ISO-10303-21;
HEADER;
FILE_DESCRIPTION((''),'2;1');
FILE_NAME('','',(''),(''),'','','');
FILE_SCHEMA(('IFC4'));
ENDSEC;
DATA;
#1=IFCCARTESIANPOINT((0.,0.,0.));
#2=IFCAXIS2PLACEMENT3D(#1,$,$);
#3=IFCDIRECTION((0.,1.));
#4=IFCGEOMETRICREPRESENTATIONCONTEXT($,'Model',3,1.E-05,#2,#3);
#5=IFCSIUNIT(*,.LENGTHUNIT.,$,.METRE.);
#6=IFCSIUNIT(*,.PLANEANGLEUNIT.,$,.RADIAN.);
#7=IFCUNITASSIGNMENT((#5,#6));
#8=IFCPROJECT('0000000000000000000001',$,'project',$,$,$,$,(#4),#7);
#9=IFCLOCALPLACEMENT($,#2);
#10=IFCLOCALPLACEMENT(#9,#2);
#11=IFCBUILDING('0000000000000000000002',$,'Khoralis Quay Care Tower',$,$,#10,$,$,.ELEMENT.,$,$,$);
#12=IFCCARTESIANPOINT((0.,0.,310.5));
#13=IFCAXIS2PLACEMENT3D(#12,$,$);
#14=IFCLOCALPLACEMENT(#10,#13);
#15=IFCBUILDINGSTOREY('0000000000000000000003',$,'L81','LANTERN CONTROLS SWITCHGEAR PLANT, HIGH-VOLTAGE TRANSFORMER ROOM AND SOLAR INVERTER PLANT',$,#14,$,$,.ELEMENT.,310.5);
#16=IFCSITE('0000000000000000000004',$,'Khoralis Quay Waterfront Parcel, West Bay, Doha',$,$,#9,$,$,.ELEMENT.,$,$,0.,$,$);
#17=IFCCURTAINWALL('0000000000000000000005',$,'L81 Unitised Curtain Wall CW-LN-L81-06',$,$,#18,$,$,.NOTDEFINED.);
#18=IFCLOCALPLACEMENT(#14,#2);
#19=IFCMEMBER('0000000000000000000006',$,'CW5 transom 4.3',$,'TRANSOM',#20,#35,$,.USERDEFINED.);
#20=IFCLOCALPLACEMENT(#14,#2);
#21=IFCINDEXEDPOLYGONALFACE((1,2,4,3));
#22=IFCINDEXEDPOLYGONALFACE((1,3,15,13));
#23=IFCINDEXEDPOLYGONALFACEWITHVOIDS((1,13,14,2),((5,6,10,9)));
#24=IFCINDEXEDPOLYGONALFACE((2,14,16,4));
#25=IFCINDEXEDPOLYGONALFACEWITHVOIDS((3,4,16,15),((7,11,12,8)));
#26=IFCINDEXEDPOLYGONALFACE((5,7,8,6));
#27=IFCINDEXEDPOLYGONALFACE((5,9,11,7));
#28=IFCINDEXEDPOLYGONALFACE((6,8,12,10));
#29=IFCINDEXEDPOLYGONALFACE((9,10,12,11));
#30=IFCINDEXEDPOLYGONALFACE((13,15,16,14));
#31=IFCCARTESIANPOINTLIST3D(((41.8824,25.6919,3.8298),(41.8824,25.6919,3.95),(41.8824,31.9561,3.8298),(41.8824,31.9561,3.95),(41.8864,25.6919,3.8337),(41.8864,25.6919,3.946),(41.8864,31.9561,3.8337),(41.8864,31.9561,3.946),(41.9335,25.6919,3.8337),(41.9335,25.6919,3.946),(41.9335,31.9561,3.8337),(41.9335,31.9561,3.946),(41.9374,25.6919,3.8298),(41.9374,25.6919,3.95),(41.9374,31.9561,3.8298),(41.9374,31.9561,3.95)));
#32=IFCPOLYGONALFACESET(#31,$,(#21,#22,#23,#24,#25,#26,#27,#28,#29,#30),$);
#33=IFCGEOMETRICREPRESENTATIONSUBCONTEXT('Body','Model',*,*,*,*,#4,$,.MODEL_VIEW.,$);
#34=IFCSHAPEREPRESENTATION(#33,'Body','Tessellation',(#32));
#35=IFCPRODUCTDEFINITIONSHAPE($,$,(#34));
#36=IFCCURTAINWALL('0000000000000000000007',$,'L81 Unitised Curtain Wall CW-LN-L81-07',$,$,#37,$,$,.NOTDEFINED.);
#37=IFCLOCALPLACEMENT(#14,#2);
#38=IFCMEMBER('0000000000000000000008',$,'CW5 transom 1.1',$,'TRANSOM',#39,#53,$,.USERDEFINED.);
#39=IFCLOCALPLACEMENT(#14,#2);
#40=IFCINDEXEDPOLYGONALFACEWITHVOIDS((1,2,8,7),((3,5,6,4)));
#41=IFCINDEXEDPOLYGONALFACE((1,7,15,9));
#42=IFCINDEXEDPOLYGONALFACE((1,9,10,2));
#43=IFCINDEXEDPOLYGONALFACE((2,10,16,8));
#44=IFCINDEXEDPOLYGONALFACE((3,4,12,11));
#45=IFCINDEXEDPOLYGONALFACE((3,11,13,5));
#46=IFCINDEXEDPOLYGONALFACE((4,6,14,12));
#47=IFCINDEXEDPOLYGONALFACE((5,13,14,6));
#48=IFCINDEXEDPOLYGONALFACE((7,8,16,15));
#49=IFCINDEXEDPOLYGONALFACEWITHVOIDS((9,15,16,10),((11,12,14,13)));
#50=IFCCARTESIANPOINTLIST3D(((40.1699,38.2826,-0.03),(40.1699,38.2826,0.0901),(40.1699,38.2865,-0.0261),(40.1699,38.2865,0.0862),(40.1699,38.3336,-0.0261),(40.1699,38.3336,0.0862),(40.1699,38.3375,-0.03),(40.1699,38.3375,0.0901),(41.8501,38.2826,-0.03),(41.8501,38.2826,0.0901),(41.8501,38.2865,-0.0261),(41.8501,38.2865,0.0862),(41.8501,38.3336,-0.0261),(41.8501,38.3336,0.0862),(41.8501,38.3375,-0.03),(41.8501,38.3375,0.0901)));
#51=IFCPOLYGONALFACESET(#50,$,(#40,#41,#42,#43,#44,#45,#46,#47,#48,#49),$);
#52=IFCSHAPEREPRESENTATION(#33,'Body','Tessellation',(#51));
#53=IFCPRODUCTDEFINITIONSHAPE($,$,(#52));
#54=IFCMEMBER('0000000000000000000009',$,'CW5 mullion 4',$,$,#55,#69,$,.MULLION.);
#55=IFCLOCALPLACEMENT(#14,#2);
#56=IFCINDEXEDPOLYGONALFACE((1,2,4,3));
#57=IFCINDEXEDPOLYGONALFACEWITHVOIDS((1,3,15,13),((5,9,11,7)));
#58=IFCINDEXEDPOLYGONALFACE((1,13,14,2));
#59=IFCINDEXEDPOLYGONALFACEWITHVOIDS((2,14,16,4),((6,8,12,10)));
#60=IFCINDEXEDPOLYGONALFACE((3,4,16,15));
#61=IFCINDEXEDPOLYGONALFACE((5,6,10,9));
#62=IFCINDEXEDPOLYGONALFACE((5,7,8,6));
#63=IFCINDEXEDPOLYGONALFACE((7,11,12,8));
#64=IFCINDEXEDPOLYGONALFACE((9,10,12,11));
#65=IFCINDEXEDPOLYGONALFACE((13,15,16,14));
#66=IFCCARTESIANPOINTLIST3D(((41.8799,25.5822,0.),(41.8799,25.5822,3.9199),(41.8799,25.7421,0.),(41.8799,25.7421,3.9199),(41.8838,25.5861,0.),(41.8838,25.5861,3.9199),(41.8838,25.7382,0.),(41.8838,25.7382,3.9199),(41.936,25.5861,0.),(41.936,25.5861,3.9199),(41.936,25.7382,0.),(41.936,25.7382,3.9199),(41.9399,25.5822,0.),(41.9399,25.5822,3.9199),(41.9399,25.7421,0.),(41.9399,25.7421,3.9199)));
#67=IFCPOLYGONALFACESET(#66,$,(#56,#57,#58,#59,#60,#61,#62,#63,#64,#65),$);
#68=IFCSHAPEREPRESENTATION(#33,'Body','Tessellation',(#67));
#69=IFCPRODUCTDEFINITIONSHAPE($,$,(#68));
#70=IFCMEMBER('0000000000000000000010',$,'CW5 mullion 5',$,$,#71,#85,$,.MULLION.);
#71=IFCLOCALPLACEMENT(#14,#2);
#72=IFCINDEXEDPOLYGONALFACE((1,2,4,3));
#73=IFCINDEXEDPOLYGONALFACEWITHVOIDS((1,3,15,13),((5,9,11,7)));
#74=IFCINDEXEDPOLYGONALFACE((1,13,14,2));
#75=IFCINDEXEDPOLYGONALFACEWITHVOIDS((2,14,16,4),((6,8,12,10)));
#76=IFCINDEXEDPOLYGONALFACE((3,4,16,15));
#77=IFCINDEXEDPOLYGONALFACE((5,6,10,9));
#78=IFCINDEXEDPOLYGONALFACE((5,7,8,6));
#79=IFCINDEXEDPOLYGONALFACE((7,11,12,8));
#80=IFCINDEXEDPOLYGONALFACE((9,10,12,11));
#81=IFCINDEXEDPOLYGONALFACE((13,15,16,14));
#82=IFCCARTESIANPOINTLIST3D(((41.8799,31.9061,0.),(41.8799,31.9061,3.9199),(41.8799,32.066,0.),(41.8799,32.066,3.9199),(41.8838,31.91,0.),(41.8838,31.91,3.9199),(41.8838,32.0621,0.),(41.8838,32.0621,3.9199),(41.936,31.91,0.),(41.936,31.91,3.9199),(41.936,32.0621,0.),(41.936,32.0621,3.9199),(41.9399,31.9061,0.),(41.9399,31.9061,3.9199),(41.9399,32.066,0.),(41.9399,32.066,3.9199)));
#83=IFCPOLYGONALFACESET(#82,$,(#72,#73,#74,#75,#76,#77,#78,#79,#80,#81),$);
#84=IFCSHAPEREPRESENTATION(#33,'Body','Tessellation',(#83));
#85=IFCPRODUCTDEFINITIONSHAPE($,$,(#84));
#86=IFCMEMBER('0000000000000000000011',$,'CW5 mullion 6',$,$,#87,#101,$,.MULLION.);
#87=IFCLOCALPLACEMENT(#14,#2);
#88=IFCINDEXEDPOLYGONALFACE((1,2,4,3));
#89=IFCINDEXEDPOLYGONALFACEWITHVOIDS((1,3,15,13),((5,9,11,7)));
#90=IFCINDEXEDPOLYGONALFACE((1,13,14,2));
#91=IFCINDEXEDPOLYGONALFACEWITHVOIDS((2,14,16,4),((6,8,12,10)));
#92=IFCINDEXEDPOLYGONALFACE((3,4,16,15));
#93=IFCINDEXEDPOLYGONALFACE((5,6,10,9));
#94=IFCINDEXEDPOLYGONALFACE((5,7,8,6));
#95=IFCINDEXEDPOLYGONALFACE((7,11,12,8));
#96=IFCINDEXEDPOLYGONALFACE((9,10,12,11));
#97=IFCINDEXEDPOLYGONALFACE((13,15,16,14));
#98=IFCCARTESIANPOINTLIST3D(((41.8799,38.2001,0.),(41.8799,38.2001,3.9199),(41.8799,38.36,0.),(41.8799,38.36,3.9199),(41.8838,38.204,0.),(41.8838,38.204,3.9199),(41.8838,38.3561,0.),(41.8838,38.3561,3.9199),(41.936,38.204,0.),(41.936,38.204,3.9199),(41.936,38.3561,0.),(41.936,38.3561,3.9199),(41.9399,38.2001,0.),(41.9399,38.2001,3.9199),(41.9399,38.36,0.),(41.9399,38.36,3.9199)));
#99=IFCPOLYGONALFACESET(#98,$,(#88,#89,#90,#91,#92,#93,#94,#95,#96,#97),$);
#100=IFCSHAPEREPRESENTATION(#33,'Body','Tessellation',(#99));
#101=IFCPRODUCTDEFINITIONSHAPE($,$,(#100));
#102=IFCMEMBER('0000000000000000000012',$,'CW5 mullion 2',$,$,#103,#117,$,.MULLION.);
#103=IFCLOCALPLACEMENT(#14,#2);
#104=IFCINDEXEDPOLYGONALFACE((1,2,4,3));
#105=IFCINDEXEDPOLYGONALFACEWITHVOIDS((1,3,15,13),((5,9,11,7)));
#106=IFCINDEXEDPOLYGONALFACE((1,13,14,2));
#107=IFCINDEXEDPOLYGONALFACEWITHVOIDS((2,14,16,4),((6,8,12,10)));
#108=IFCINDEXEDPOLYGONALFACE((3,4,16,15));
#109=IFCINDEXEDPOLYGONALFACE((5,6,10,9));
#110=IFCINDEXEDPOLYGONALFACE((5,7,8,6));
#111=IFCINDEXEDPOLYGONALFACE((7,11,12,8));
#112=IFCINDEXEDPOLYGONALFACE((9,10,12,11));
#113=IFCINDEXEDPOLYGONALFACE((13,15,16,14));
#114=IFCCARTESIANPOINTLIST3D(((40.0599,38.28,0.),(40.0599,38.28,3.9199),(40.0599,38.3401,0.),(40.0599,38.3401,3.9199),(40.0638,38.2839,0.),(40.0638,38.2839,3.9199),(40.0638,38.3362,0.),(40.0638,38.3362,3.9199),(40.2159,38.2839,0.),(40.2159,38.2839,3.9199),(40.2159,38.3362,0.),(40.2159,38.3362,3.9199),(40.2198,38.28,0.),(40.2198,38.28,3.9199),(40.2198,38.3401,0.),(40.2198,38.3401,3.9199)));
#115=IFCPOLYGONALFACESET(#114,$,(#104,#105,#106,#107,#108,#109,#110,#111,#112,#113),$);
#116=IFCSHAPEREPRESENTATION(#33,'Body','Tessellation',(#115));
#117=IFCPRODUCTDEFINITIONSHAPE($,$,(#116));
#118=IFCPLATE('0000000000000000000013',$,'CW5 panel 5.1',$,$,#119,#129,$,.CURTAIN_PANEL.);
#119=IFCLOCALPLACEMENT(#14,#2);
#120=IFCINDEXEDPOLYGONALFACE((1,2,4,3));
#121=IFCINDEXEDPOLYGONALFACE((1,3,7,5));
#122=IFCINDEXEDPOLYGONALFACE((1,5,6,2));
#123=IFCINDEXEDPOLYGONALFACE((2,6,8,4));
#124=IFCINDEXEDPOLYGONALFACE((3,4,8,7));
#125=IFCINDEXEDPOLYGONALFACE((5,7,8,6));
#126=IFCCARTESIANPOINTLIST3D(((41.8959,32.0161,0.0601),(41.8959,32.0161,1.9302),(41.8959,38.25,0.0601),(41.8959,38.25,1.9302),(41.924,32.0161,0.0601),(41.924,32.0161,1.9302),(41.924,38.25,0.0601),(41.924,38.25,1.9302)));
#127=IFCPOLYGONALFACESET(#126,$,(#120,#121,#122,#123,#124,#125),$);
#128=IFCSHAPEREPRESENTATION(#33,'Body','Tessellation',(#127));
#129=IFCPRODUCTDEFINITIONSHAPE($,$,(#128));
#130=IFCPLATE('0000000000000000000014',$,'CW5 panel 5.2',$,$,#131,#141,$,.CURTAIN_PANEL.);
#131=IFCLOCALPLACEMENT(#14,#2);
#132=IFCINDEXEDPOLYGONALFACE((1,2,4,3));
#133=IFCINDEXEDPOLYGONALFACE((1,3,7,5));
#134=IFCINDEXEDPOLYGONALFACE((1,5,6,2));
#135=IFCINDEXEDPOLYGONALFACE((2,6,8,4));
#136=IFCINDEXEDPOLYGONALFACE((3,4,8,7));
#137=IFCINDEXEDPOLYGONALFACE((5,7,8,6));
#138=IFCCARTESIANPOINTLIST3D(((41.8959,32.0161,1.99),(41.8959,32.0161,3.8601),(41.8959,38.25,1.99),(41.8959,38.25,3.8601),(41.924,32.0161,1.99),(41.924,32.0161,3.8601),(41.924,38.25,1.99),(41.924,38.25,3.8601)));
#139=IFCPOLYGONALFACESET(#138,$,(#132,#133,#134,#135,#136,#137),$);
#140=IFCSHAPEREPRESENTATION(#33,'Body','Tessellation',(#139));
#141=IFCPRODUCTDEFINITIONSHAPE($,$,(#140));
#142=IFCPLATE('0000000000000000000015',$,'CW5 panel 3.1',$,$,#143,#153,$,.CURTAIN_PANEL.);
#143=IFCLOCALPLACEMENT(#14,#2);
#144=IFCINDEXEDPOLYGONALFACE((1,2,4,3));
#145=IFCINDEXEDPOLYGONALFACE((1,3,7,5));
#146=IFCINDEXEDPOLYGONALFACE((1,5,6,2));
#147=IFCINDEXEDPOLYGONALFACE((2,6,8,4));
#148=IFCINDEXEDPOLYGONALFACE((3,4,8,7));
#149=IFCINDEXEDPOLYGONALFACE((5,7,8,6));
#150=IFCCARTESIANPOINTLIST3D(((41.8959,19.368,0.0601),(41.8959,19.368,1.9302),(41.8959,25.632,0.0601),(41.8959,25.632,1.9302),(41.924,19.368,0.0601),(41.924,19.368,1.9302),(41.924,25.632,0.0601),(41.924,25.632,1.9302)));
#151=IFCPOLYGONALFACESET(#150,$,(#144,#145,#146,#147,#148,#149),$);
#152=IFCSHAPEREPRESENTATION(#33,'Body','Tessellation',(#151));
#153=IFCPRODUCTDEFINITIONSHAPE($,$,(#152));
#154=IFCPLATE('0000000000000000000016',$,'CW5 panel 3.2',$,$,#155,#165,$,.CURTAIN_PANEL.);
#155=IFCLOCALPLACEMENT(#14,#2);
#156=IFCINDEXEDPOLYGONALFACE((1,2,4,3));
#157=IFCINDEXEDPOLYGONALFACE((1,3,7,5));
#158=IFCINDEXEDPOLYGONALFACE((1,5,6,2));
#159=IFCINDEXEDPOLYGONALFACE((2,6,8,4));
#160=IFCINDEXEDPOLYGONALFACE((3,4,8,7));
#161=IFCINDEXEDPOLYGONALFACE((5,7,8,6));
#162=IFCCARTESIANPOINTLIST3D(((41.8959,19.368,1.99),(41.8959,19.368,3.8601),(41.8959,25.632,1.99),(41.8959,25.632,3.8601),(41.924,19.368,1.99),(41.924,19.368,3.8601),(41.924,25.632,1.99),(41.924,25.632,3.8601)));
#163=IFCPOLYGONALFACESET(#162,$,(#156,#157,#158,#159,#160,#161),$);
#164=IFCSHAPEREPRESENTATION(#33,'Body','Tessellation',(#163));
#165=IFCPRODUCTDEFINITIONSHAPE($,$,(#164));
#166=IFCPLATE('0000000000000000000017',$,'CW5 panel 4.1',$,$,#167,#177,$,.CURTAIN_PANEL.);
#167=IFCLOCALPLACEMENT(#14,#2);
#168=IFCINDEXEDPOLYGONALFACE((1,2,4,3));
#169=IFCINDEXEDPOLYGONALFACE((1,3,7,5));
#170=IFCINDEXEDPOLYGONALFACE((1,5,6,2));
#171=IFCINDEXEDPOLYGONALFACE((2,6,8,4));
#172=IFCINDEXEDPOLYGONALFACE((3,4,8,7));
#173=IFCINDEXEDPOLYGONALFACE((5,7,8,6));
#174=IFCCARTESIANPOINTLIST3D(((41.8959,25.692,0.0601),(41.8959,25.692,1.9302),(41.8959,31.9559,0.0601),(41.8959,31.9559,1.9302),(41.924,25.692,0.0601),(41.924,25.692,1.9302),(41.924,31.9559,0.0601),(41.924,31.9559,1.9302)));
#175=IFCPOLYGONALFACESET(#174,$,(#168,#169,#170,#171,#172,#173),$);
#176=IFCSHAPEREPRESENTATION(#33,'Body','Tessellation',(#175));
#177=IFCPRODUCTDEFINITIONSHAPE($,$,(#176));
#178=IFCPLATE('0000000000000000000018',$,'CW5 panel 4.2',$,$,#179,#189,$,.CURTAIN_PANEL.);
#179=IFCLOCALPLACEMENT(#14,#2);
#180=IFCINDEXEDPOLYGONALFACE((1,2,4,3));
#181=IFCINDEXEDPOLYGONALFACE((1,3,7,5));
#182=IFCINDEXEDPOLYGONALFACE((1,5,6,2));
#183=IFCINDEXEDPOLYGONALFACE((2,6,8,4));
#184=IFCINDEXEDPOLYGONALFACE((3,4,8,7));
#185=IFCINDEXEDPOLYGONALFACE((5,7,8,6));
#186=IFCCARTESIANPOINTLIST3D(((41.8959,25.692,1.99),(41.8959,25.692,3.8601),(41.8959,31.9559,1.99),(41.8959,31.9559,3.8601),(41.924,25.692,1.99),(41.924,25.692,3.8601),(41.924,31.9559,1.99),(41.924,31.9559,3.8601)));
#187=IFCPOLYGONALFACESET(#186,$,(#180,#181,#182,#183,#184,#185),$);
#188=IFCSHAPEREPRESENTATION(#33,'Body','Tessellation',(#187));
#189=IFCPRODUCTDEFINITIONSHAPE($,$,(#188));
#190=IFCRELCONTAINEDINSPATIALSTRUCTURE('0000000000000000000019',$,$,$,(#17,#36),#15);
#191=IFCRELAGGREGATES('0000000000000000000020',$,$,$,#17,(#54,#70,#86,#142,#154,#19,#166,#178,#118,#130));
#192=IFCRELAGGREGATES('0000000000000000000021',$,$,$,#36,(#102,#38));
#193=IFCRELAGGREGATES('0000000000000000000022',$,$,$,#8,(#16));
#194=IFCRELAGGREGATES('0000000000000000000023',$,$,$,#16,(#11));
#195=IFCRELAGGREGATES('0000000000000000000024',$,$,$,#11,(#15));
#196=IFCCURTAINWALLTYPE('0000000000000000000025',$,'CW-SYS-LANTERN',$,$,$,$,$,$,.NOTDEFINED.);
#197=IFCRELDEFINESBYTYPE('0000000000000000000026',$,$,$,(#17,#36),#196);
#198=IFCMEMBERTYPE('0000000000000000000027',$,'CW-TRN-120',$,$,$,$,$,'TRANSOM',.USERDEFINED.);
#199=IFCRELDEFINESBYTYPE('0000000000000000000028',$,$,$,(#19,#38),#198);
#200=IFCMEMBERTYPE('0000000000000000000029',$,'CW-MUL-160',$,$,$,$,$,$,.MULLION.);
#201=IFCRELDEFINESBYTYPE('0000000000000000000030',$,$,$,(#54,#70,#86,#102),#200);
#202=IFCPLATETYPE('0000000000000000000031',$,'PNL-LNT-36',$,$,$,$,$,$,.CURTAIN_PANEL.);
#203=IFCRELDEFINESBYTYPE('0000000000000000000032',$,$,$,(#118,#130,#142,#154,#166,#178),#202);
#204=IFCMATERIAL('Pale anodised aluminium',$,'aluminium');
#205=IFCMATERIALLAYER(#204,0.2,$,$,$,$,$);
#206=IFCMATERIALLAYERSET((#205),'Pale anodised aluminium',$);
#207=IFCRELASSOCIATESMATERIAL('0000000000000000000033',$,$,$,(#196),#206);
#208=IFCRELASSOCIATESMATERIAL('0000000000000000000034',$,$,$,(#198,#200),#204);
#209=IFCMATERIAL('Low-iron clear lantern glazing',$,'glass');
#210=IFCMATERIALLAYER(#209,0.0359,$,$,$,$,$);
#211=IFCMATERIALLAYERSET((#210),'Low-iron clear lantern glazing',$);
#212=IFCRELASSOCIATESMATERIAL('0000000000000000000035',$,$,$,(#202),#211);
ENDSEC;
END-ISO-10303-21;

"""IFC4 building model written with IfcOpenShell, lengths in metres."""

from ifc_helpers import new_model, si_unit, direction, frame, origin, origin_2d, place, context, subcontext, project, spatial, rectangle, hollow_rectangle, extrude, source, transform, mapped, material, layer, layer_set, material_profile, profile_set, type_object, element, aggregate, save


model = new_model("IFC4")

# Units and contexts
model_context = context("Model", 3, precision=1e-05, world=origin(), true_north=direction((0.0, 1.0)))
body_context = subcontext(model_context, "Body", "Model", "MODEL_VIEW")
ifc_project = project(units=[si_unit("LENGTHUNIT", "METRE"), si_unit("PLANEANGLEUNIT", "RADIAN")], contexts=[model_context])

# Site, building, storey
site_placement = place(None, origin())
site = spatial("IfcSite", under=ifc_project, at=site_placement, Name="Khoralis Quay Waterfront Parcel, West Bay, Doha", CompositionType="ELEMENT", RefElevation=0.0)
building_placement = place(site_placement, origin())
building = spatial("IfcBuilding", under=site, at=building_placement, Name="Khoralis Quay Care Tower", CompositionType="ELEMENT")
storey_placement = place(building_placement, frame((0.0, 0.0, 310.5)))
storey = spatial("IfcBuildingStorey", under=building, at=storey_placement, Name="L81", Description="LANTERN CONTROLS SWITCHGEAR PLANT, HIGH-VOLTAGE TRANSFORMER ROOM AND SOLAR INVERTER PLANT", CompositionType="ELEMENT", Elevation=310.5)

# Curtain wall, member
ifc_material_1 = material(Name="Pale anodised aluminium", Category="aluminium")
ifc_layer_1 = layer(ifc_material_1, 0.2)
ifc_layer_set_1 = layer_set([ifc_layer_1], Name="Pale anodised aluminium")
curtain_wall_type = type_object("IfcCurtainWallType", Name="CW-SYS-LANTERN", PredefinedType="NOTDEFINED", material=ifc_layer_set_1)
curtain_wall_1_placement = place(storey_placement, origin())
curtain_wall_1 = element("IfcCurtainWall", 1, at=curtain_wall_1_placement, inside=storey, type_object=curtain_wall_type, Name="L81 Unitised Curtain Wall CW-LN-L81-06", PredefinedType="NOTDEFINED")
ifc_material_profile_1 = material_profile(ifc_material_1, hollow_rectangle(XDim=0.0549, YDim=0.1201, WallThickness=0.0039, at=origin_2d()), Name="Pale anodised aluminium")
ifc_profile_set_1 = profile_set([ifc_material_profile_1], Name="Pale anodised aluminium")
member_type_1 = type_object("IfcMemberType", Name="CW-TRN-120", ElementType="TRANSOM", PredefinedType="USERDEFINED", material=ifc_profile_set_1)
shared_shape_1 = source(origin(), body_context, "Body", "SweptSolid", [
    extrude(hollow_rectangle(XDim=0.0549, YDim=0.1201, WallThickness=0.0039, at=origin_2d()), origin(), (0.0, 0.0, 1.0), 6.2642),
])
member_1_placement = place(storey_placement, frame((41.9099, 25.6919, 3.8899), z_axis=(0.0, 1.0, 0.0), x_axis=(-1.0, 0.0, 0.0)))
member_1 = element("IfcMember", 2, at=member_1_placement, type_object=member_type_1, Name="CW5 transom 4.3", ObjectType="TRANSOM", PredefinedType="USERDEFINED", context=body_context, shape_type="MappedRepresentation", body=[
    mapped(shared_shape_1, transform((0.0, 0.0, 0.0), scale=1.0)),
])

# Curtain wall, member
curtain_wall_2_placement = place(storey_placement, origin())
curtain_wall_2 = element("IfcCurtainWall", 3, at=curtain_wall_2_placement, inside=storey, type_object=curtain_wall_type, Name="L81 Unitised Curtain Wall CW-LN-L81-07", PredefinedType="NOTDEFINED")
shared_shape_2 = source(origin(), body_context, "Body", "SweptSolid", [
    extrude(hollow_rectangle(XDim=0.0549, YDim=0.1201, WallThickness=0.0039, at=origin_2d()), origin(), (0.0, 0.0, 1.0), 1.6802),
])
member_2_placement = place(storey_placement, frame((41.8501, 38.3101, 0.03), z_axis=(-1.0, 0.0, 0.0), x_axis=(0.0, -1.0, 0.0)))
member_2 = element("IfcMember", 4, at=member_2_placement, type_object=member_type_1, Name="CW5 transom 1.1", ObjectType="TRANSOM", PredefinedType="USERDEFINED", context=body_context, shape_type="MappedRepresentation", body=[
    mapped(shared_shape_2, transform((0.0, 0.0, 0.0), scale=1.0)),
])

# Members
ifc_material_profile_2 = material_profile(ifc_material_1, hollow_rectangle(XDim=0.0601, YDim=0.1599, WallThickness=0.0039, at=origin_2d()), Name="Pale anodised aluminium")
ifc_profile_set_2 = profile_set([ifc_material_profile_2], Name="Pale anodised aluminium")
member_type_2 = type_object("IfcMemberType", Name="CW-MUL-160", PredefinedType="MULLION", material=ifc_profile_set_2)
shared_shape_3 = source(origin(), body_context, "Body", "SweptSolid", [
    extrude(hollow_rectangle(XDim=0.0601, YDim=0.1599, WallThickness=0.0039, at=origin_2d()), origin(), (0.0, 0.0, 1.0), 3.9199),
])
member_3_placement = place(storey_placement, frame((41.9099, 25.6621, 0.0), z_axis=(0.0, 0.0, 1.0), x_axis=(-1.0, 0.0, 0.0)))
member_3 = element("IfcMember", 5, at=member_3_placement, type_object=member_type_2, Name="CW5 mullion 4", PredefinedType="MULLION", context=body_context, shape_type="MappedRepresentation", body=[
    mapped(shared_shape_3, transform((0.0, 0.0, 0.0), scale=1.0)),
])
member_4_placement = place(storey_placement, frame((41.9099, 31.9861, 0.0), z_axis=(0.0, 0.0, 1.0), x_axis=(-1.0, 0.0, 0.0)))
member_4 = element("IfcMember", 6, at=member_4_placement, type_object=member_type_2, Name="CW5 mullion 5", PredefinedType="MULLION", context=body_context, shape_type="MappedRepresentation", body=[
    mapped(shared_shape_3, transform((0.0, 0.0, 0.0), scale=1.0)),
])
member_5_placement = place(storey_placement, frame((41.9099, 38.28, 0.0), z_axis=(0.0, 0.0, 1.0), x_axis=(-1.0, 0.0, 0.0)))
member_5 = element("IfcMember", 7, at=member_5_placement, type_object=member_type_2, Name="CW5 mullion 6", PredefinedType="MULLION", context=body_context, shape_type="MappedRepresentation", body=[
    mapped(shared_shape_3, transform((0.0, 0.0, 0.0), scale=1.0)),
])
member_6_placement = place(storey_placement, frame((40.1399, 38.3101, 0.0), z_axis=(0.0, 0.0, 1.0), x_axis=(0.0, -1.0, 0.0)))
member_6 = element("IfcMember", 8, at=member_6_placement, type_object=member_type_2, Name="CW5 mullion 2", PredefinedType="MULLION", context=body_context, shape_type="MappedRepresentation", body=[
    mapped(shared_shape_3, transform((0.0, 0.0, 0.0), scale=1.0)),
])

# Plates
ifc_material_2 = material(Name="Low-iron clear lantern glazing", Category="glass")
ifc_layer_2 = layer(ifc_material_2, 0.0359)
ifc_layer_set_2 = layer_set([ifc_layer_2], Name="Low-iron clear lantern glazing")
plate_type = type_object("IfcPlateType", Name="PNL-LNT-36", PredefinedType="CURTAIN_PANEL", material=ifc_layer_set_2)
shared_shape_4 = source(origin(), body_context, "Body", "SweptSolid", [
    extrude(rectangle(XDim=6.2339, YDim=0.0281, at=origin_2d()), origin(), (0.0, 0.0, 1.0), 1.8701),
])
plate_1_placement = place(storey_placement, frame((41.9099, 35.1331, 0.0601), z_axis=(0.0, 0.0, 1.0), x_axis=(0.0, 1.0, 0.0)))
plate_1 = element("IfcPlate", 9, at=plate_1_placement, type_object=plate_type, Name="CW5 panel 5.1", PredefinedType="CURTAIN_PANEL", context=body_context, shape_type="MappedRepresentation", body=[
    mapped(shared_shape_4, transform((0.0, 0.0, 0.0), scale=1.0)),
])
plate_2_placement = place(storey_placement, frame((41.9099, 35.1331, 1.99), z_axis=(0.0, 0.0, 1.0), x_axis=(0.0, 1.0, 0.0)))
plate_2 = element("IfcPlate", 10, at=plate_2_placement, type_object=plate_type, Name="CW5 panel 5.2", PredefinedType="CURTAIN_PANEL", context=body_context, shape_type="MappedRepresentation", body=[
    mapped(shared_shape_4, transform((0.0, 0.0, 0.0), scale=1.0)),
])
shared_shape_5 = source(origin(), body_context, "Body", "SweptSolid", [
    extrude(rectangle(XDim=6.2639, YDim=0.0281, at=origin_2d()), origin(), (0.0, 0.0, 1.0), 1.8701),
])
plate_3_placement = place(storey_placement, frame((41.9099, 22.5, 0.0601), z_axis=(0.0, 0.0, 1.0), x_axis=(0.0, 1.0, 0.0)))
plate_3 = element("IfcPlate", 11, at=plate_3_placement, type_object=plate_type, Name="CW5 panel 3.1", PredefinedType="CURTAIN_PANEL", context=body_context, shape_type="MappedRepresentation", body=[
    mapped(shared_shape_5, transform((0.0, 0.0, 0.0), scale=1.0)),
])
plate_4_placement = place(storey_placement, frame((41.9099, 22.5, 1.99), z_axis=(0.0, 0.0, 1.0), x_axis=(0.0, 1.0, 0.0)))
plate_4 = element("IfcPlate", 12, at=plate_4_placement, type_object=plate_type, Name="CW5 panel 3.2", PredefinedType="CURTAIN_PANEL", context=body_context, shape_type="MappedRepresentation", body=[
    mapped(shared_shape_5, transform((0.0, 0.0, 0.0), scale=1.0)),
])
plate_5_placement = place(storey_placement, frame((41.9099, 28.824, 0.0601), z_axis=(0.0, 0.0, 1.0), x_axis=(0.0, 1.0, 0.0)))
plate_5 = element("IfcPlate", 13, at=plate_5_placement, type_object=plate_type, Name="CW5 panel 4.1", PredefinedType="CURTAIN_PANEL", context=body_context, shape_type="MappedRepresentation", body=[
    mapped(shared_shape_5, transform((0.0, 0.0, 0.0), scale=1.0)),
])
plate_6_placement = place(storey_placement, frame((41.9099, 28.824, 1.99), z_axis=(0.0, 0.0, 1.0), x_axis=(0.0, 1.0, 0.0)))
plate_6 = element("IfcPlate", 14, at=plate_6_placement, type_object=plate_type, Name="CW5 panel 4.2", PredefinedType="CURTAIN_PANEL", context=body_context, shape_type="MappedRepresentation", body=[
    mapped(shared_shape_5, transform((0.0, 0.0, 0.0), scale=1.0)),
])
aggregate(curtain_wall_1, [member_3, member_4, member_5, plate_3, plate_4, member_1, plate_5, plate_6, plate_1, plate_2])
aggregate(curtain_wall_2, [member_6, member_2])

save(model, "model.ifc")
